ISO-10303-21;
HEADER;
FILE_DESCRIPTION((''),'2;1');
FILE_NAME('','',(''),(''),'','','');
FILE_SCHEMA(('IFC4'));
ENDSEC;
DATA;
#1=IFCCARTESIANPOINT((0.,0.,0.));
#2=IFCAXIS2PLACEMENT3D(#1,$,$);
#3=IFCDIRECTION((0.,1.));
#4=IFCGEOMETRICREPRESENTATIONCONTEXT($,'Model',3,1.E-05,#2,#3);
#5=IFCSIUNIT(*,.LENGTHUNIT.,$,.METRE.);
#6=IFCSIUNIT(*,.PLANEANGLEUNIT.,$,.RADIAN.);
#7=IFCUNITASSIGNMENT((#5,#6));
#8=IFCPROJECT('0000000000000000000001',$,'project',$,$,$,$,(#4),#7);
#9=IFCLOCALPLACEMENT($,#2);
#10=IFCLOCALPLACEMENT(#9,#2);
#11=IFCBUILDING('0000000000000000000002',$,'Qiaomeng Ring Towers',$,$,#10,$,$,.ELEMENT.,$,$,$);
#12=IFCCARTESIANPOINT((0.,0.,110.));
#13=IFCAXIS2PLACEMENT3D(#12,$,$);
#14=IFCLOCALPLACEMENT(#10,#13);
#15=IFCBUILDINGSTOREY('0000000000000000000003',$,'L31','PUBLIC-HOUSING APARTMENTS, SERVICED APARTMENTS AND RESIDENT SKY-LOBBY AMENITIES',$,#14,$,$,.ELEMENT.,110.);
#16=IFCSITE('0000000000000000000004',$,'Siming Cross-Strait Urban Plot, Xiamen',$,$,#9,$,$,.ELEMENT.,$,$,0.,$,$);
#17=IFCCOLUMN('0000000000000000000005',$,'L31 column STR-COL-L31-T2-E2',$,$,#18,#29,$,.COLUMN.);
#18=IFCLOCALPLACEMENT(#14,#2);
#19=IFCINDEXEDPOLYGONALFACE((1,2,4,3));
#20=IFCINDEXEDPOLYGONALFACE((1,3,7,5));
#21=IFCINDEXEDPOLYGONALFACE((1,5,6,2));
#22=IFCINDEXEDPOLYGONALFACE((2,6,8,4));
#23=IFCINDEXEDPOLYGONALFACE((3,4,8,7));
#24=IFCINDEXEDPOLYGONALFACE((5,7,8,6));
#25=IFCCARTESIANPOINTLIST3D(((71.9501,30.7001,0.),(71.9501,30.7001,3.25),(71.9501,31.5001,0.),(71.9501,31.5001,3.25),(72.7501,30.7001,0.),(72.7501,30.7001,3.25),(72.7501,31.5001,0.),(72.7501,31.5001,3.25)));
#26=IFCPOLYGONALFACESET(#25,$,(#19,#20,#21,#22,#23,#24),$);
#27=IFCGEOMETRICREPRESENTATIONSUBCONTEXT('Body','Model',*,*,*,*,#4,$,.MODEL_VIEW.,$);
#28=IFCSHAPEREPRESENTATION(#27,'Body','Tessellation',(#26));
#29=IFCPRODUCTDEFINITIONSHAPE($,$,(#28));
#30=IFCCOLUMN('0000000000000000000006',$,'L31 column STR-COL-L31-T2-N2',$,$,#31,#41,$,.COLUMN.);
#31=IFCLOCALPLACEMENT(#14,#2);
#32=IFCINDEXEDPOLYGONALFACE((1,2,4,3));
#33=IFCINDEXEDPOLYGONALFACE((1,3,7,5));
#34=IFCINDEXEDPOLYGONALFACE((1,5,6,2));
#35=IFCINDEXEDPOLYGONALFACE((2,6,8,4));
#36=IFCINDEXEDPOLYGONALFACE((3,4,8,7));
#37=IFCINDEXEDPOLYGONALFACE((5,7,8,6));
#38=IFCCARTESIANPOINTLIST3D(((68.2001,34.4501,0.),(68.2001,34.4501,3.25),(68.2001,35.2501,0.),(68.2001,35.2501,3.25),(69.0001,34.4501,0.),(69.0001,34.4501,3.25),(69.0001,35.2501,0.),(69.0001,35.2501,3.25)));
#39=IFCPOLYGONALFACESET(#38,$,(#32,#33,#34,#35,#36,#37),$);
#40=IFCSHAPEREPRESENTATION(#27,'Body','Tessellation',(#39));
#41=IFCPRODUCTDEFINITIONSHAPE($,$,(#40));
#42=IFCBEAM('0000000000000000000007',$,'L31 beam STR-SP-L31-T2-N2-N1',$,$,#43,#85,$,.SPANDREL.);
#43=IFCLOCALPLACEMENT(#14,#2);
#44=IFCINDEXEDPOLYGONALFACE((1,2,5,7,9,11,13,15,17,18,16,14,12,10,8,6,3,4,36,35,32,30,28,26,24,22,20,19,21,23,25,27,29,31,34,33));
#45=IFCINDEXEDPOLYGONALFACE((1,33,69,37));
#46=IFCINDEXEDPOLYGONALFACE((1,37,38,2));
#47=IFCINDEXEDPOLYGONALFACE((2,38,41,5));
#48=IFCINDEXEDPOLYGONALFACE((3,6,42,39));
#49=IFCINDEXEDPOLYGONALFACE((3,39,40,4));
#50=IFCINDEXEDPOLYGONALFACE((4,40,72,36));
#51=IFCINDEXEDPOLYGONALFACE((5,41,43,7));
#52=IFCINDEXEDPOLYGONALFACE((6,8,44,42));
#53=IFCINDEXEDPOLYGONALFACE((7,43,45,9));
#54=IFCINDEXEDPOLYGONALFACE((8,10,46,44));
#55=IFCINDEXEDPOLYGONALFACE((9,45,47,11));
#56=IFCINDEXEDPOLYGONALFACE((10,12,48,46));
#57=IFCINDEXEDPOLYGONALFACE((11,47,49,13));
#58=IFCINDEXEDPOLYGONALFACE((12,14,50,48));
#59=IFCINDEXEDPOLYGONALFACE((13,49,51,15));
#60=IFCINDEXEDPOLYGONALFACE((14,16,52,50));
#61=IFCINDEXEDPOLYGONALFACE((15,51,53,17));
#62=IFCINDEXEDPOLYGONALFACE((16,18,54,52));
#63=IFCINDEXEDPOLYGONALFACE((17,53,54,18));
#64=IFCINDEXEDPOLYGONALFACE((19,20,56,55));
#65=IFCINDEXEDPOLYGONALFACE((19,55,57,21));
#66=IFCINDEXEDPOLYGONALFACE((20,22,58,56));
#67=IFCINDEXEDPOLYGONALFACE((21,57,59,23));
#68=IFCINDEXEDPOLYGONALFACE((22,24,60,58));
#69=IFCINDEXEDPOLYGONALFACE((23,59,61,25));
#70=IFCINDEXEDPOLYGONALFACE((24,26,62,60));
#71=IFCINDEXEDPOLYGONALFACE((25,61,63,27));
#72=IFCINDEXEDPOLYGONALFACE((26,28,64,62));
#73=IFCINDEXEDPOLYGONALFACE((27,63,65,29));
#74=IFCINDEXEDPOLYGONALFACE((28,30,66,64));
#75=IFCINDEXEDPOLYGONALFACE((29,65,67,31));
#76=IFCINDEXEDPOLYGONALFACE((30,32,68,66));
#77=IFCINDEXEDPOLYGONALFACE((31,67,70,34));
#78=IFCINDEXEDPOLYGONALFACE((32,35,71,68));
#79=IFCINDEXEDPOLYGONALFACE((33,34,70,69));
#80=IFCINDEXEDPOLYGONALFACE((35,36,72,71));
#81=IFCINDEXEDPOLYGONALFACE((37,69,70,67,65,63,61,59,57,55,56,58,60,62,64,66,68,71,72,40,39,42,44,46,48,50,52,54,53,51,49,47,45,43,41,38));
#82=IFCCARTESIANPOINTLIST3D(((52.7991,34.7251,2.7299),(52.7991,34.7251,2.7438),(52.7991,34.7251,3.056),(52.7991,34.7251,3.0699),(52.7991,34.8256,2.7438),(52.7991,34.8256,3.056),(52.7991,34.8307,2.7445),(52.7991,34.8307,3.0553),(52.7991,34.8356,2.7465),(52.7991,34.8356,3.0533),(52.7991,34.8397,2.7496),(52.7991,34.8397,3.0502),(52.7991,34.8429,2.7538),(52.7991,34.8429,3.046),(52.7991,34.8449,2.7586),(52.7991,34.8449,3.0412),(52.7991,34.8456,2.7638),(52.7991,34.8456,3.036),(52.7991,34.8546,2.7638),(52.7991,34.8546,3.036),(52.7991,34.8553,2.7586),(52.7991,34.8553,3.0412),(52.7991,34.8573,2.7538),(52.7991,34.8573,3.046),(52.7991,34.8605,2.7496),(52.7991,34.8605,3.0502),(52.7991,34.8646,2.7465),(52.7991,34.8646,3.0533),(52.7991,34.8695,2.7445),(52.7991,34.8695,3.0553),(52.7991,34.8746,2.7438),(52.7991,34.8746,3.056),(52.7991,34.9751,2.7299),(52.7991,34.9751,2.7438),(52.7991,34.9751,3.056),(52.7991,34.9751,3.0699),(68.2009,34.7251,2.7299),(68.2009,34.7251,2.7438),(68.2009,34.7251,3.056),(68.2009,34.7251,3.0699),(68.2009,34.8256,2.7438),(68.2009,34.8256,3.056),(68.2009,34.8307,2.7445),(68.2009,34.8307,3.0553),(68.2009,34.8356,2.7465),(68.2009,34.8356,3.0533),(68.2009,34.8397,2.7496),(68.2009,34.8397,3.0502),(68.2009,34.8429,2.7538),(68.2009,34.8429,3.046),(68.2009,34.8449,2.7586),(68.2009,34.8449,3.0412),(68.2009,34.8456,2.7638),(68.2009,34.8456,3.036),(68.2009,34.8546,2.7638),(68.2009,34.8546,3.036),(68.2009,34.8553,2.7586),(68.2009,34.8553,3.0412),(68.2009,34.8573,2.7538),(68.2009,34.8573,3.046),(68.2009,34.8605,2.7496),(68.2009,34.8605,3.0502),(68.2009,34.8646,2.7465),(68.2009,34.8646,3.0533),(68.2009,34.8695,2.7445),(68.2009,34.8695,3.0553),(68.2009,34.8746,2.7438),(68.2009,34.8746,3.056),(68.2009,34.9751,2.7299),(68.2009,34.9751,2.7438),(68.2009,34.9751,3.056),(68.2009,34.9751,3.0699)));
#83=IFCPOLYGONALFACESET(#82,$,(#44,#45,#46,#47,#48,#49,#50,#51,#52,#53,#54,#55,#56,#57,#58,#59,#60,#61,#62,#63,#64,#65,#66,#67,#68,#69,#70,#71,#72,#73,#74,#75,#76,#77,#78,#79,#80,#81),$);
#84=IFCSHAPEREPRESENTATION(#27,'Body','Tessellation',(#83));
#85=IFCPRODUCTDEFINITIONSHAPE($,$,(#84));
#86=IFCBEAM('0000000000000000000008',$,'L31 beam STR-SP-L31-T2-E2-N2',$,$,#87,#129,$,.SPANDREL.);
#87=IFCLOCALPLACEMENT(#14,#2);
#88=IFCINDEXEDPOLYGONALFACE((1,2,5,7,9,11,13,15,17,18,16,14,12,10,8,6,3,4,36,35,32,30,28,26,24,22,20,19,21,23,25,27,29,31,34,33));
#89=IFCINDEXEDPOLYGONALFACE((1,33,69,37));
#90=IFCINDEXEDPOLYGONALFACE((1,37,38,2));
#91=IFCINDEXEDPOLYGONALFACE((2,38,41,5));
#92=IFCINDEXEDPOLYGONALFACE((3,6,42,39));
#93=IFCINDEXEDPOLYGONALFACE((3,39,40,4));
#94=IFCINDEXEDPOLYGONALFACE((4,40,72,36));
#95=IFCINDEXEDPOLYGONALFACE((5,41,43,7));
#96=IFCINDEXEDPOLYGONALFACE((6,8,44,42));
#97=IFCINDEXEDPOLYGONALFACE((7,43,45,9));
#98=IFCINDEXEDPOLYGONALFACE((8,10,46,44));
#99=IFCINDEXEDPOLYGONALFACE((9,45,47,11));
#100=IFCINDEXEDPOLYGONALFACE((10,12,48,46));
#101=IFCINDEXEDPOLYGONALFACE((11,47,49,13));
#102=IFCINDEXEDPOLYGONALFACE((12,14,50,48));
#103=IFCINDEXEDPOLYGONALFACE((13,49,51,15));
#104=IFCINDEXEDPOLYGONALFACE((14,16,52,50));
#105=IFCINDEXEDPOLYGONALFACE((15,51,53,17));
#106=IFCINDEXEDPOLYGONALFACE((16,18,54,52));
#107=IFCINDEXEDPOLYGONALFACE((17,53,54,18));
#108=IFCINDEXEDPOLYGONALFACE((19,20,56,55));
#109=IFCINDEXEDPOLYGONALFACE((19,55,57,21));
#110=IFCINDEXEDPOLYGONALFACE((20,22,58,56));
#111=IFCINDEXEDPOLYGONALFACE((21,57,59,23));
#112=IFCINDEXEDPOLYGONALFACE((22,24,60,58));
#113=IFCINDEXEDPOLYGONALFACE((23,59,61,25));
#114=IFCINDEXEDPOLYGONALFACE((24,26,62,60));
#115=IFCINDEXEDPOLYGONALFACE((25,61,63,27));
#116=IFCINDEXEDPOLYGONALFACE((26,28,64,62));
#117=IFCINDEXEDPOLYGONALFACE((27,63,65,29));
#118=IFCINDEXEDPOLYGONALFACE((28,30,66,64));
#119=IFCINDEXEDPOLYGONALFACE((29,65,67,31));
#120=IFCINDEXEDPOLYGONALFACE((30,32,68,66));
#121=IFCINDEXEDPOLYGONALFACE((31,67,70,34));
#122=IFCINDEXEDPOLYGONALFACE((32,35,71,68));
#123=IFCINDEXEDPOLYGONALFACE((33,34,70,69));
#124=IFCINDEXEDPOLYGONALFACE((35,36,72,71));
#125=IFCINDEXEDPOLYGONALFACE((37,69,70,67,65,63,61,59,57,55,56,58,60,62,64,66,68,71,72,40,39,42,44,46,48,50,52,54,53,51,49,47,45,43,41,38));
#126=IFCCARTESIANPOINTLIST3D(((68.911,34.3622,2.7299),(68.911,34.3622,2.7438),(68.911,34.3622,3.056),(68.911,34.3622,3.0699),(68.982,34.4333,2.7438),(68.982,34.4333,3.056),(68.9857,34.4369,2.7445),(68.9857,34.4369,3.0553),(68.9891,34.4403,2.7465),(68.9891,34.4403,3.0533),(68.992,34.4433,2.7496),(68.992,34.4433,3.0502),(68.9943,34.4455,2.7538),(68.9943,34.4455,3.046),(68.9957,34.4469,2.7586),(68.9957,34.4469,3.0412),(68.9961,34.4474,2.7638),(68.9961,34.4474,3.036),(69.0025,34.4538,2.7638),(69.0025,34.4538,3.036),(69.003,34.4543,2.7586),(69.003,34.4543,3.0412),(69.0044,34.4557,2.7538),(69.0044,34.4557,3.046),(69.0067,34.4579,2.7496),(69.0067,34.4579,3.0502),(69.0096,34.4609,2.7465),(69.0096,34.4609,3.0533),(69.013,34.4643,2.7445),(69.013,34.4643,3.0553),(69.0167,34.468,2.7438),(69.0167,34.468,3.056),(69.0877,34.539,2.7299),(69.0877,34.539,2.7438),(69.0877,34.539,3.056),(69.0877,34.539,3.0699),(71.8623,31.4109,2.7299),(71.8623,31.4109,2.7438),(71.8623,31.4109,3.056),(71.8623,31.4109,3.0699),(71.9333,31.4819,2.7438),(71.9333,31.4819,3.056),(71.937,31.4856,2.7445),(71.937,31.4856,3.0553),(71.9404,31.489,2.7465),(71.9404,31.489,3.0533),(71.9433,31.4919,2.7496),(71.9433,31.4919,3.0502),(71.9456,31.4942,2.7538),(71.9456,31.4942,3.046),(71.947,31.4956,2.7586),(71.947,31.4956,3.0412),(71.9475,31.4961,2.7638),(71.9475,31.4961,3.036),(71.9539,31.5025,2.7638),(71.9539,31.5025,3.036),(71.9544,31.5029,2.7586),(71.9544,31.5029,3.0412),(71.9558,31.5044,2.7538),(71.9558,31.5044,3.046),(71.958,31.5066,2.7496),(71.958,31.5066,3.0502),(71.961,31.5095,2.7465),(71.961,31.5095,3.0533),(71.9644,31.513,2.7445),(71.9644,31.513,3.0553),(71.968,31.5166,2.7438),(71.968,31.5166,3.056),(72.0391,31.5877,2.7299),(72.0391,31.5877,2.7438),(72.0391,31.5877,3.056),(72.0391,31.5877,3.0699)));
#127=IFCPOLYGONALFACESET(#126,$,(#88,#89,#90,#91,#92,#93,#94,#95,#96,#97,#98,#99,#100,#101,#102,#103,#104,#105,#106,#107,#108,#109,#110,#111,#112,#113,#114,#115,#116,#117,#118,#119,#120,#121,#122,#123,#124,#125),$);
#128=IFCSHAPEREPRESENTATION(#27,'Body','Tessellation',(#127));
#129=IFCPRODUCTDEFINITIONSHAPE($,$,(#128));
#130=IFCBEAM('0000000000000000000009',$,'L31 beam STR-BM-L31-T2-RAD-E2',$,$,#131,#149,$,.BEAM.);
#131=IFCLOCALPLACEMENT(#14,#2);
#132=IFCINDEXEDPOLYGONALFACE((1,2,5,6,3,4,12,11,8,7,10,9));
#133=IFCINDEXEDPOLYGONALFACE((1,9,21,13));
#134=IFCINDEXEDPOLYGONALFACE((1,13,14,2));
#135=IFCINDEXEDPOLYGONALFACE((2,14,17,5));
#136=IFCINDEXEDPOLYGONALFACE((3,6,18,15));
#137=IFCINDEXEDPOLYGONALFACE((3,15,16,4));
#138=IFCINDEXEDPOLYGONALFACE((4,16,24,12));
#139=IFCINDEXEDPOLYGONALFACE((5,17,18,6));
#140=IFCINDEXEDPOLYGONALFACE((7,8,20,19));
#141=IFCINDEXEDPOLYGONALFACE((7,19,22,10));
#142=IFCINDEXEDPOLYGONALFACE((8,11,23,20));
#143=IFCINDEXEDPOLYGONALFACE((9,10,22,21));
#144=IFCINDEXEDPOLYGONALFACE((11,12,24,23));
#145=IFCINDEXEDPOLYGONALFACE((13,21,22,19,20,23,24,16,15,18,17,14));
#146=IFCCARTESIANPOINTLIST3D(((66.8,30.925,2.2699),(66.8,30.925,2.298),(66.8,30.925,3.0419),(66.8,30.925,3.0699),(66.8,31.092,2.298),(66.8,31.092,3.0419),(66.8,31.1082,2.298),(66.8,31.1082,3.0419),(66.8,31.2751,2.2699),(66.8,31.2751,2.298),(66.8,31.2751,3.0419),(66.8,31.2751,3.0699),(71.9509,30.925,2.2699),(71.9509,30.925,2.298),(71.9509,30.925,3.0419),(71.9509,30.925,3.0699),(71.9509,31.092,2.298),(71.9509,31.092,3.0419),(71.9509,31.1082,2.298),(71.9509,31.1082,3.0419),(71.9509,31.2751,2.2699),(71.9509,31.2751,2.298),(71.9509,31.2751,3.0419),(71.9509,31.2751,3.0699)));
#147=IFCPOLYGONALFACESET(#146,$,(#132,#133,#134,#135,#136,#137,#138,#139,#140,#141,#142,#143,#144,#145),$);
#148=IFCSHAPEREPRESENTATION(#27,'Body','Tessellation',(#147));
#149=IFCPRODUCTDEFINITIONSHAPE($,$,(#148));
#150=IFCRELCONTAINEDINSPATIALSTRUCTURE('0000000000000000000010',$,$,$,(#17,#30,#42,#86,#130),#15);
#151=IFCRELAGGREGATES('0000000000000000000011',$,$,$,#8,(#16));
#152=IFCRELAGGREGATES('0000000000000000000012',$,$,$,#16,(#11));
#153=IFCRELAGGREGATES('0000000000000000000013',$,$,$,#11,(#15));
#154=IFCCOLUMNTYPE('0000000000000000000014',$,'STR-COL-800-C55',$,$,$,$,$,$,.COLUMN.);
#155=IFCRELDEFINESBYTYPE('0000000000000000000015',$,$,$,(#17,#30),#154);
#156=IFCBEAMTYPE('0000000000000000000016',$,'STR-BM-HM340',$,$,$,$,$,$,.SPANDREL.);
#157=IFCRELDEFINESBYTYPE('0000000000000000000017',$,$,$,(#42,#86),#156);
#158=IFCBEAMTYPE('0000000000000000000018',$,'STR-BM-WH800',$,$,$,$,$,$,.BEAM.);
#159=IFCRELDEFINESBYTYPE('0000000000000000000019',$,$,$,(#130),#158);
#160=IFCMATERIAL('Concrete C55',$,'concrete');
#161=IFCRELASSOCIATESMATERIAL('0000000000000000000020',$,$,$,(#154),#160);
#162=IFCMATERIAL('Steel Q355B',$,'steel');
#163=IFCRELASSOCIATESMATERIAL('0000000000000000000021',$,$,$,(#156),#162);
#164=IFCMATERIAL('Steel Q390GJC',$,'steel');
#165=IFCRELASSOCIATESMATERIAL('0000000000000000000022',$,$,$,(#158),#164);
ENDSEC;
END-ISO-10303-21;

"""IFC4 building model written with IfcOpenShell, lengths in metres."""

from ifc_helpers import new_model, si_unit, direction, frame, origin, origin_2d, place, context, subcontext, project, spatial, rectangle, i_section, extrude, source, transform, mapped, material, material_profile, profile_set, type_object, element, save


model = new_model("IFC4")

# Units and contexts
model_context = context("Model", 3, precision=1e-05, world=origin(), true_north=direction((0.0, 1.0)))
body_context = subcontext(model_context, "Body", "Model", "MODEL_VIEW")
ifc_project = project(units=[si_unit("LENGTHUNIT", "METRE"), si_unit("PLANEANGLEUNIT", "RADIAN")], contexts=[model_context])

# Site, building, storey
site_placement = place(None, origin())
site = spatial("IfcSite", under=ifc_project, at=site_placement, Name="Siming Cross-Strait Urban Plot, Xiamen", CompositionType="ELEMENT", RefElevation=0.0)
building_placement = place(site_placement, origin())
building = spatial("IfcBuilding", under=site, at=building_placement, Name="Qiaomeng Ring Towers", CompositionType="ELEMENT")
storey_placement = place(building_placement, frame((0.0, 0.0, 110.0)))
storey = spatial("IfcBuildingStorey", under=building, at=storey_placement, Name="L31", Description="PUBLIC-HOUSING APARTMENTS, SERVICED APARTMENTS AND RESIDENT SKY-LOBBY AMENITIES", CompositionType="ELEMENT", Elevation=110.0)

# Columns
ifc_material_1 = material(Name="Concrete C55", Category="concrete")
ifc_material_profile_1 = material_profile(ifc_material_1, rectangle(XDim=0.8, YDim=0.8, at=origin_2d()), Name="RC COL 800x800")
ifc_profile_set_1 = profile_set([ifc_material_profile_1], Name="Concrete C55")
column_type = type_object("IfcColumnType", Name="STR-COL-800-C55", PredefinedType="COLUMN", material=ifc_profile_set_1)
shared_shape_1 = source(origin(), body_context, "Body", "SweptSolid", [
    extrude(rectangle(XDim=0.8, YDim=0.8, at=origin_2d()), origin(), (0.0, 0.0, 1.0), 3.25),
])
for number, where, z_axis, x_axis, name in (
    (1, (72.3501, 31.1001, 0.0), (0.0, 0.0, 1.0), (1.0, 0.0, 0.0), "L31 column STR-COL-L31-T2-E2"),
    (2, (68.6001, 34.8501, 0.0), (0.0, 0.0, 1.0), (1.0, 0.0, 0.0), "L31 column STR-COL-L31-T2-N2"),
):
    element("IfcColumn", number, at=place(storey_placement, frame(where, z_axis=z_axis, x_axis=x_axis)), inside=storey, type_object=column_type, Name=name, PredefinedType="COLUMN", context=body_context, shape_type="MappedRepresentation", body=[
        mapped(shared_shape_1, transform((0.0, 0.0, 0.0), x_axis=(1.0, 0.0, 0.0), y_axis=(0.0, 1.0, 0.0), z_axis=(0.0, 0.0, 1.0), scale=1.0)),
    ])

# Beams
ifc_material_2 = material(Name="Steel Q355B", Category="steel")
ifc_material_profile_2 = material_profile(ifc_material_2, i_section(OverallWidth=0.25, OverallDepth=0.3401, WebThickness=0.009, FlangeThickness=0.0139, FilletRadius=0.02, at=origin_2d()), Name="HM 340x250x9x14")
ifc_profile_set_2 = profile_set([ifc_material_profile_2], Name="Steel Q355B")
beam_type_1 = type_object("IfcBeamType", Name="STR-BM-HM340", PredefinedType="SPANDREL", material=ifc_profile_set_2)
shared_shape_2 = source(origin(), body_context, "Body", "SweptSolid", [
    extrude(i_section(OverallWidth=0.25, OverallDepth=0.3401, WebThickness=0.009, FlangeThickness=0.0139, FilletRadius=0.02, at=origin_2d()), origin(), (0.0, 0.0, 1.0), 15.4019),
])
beam_1_placement = place(storey_placement, frame((68.2009, 34.8501, 2.8999), z_axis=(-1.0, 0.0, 0.0), x_axis=(0.0, -1.0, 0.0)))
element("IfcBeam", 3, at=beam_1_placement, inside=storey, type_object=beam_type_1, Name="L31 beam STR-SP-L31-T2-N2-N1", PredefinedType="SPANDREL", context=body_context, shape_type="MappedRepresentation", body=[
    mapped(shared_shape_2, transform((0.0, 0.0, 0.0), x_axis=(1.0, 0.0, 0.0), y_axis=(0.0, 1.0, 0.0), z_axis=(0.0, 0.0, 1.0), scale=1.0)),
])
shared_shape_3 = source(origin(), body_context, "Body", "SweptSolid", [
    extrude(i_section(OverallWidth=0.25, OverallDepth=0.3401, WebThickness=0.009, FlangeThickness=0.0139, FilletRadius=0.02, at=origin_2d()), origin(), (0.0, 0.0, 1.0), 4.1738),
])
beam_2_placement = place(storey_placement, frame((71.9507, 31.4993, 2.8999), z_axis=(-0.707107, 0.707107, 0.0), x_axis=(-0.707107, -0.707107, 0.0)))
element("IfcBeam", 4, at=beam_2_placement, inside=storey, type_object=beam_type_1, Name="L31 beam STR-SP-L31-T2-E2-N2", PredefinedType="SPANDREL", context=body_context, shape_type="MappedRepresentation", body=[
    mapped(shared_shape_3, transform((0.0, 0.0, 0.0), x_axis=(1.0, 0.0, 0.0), y_axis=(0.0, 1.0, 0.0), z_axis=(0.0, 0.0, 1.0), scale=1.0)),
])
ifc_material_3 = material(Name="Steel Q390GJC", Category="steel")
ifc_material_profile_3 = material_profile(ifc_material_3, i_section(OverallWidth=0.3501, OverallDepth=0.8, WebThickness=0.0161, FlangeThickness=0.0281, at=origin_2d()), Name="WH 800x350x16x28")
ifc_profile_set_3 = profile_set([ifc_material_profile_3], Name="Steel Q390GJC")
beam_type_2 = type_object("IfcBeamType", Name="STR-BM-WH800", PredefinedType="BEAM", material=ifc_profile_set_3)
shared_shape_4 = source(origin(), body_context, "Body", "SweptSolid", [
    extrude(i_section(OverallWidth=0.3501, OverallDepth=0.8, WebThickness=0.0161, FlangeThickness=0.0281, at=origin_2d()), origin(), (0.0, 0.0, 1.0), 5.1509),
])
beam_3_placement = place(storey_placement, frame((66.8, 31.1001, 2.6699), z_axis=(1.0, 0.0, 0.0), x_axis=(0.0, 1.0, 0.0)))
element("IfcBeam", 5, at=beam_3_placement, inside=storey, type_object=beam_type_2, Name="L31 beam STR-BM-L31-T2-RAD-E2", PredefinedType="BEAM", context=body_context, shape_type="MappedRepresentation", body=[
    mapped(shared_shape_4, transform((0.0, 0.0, 0.0), x_axis=(1.0, 0.0, 0.0), y_axis=(0.0, 1.0, 0.0), z_axis=(0.0, 0.0, 1.0), scale=1.0)),
])

save(model, "model.ifc")
